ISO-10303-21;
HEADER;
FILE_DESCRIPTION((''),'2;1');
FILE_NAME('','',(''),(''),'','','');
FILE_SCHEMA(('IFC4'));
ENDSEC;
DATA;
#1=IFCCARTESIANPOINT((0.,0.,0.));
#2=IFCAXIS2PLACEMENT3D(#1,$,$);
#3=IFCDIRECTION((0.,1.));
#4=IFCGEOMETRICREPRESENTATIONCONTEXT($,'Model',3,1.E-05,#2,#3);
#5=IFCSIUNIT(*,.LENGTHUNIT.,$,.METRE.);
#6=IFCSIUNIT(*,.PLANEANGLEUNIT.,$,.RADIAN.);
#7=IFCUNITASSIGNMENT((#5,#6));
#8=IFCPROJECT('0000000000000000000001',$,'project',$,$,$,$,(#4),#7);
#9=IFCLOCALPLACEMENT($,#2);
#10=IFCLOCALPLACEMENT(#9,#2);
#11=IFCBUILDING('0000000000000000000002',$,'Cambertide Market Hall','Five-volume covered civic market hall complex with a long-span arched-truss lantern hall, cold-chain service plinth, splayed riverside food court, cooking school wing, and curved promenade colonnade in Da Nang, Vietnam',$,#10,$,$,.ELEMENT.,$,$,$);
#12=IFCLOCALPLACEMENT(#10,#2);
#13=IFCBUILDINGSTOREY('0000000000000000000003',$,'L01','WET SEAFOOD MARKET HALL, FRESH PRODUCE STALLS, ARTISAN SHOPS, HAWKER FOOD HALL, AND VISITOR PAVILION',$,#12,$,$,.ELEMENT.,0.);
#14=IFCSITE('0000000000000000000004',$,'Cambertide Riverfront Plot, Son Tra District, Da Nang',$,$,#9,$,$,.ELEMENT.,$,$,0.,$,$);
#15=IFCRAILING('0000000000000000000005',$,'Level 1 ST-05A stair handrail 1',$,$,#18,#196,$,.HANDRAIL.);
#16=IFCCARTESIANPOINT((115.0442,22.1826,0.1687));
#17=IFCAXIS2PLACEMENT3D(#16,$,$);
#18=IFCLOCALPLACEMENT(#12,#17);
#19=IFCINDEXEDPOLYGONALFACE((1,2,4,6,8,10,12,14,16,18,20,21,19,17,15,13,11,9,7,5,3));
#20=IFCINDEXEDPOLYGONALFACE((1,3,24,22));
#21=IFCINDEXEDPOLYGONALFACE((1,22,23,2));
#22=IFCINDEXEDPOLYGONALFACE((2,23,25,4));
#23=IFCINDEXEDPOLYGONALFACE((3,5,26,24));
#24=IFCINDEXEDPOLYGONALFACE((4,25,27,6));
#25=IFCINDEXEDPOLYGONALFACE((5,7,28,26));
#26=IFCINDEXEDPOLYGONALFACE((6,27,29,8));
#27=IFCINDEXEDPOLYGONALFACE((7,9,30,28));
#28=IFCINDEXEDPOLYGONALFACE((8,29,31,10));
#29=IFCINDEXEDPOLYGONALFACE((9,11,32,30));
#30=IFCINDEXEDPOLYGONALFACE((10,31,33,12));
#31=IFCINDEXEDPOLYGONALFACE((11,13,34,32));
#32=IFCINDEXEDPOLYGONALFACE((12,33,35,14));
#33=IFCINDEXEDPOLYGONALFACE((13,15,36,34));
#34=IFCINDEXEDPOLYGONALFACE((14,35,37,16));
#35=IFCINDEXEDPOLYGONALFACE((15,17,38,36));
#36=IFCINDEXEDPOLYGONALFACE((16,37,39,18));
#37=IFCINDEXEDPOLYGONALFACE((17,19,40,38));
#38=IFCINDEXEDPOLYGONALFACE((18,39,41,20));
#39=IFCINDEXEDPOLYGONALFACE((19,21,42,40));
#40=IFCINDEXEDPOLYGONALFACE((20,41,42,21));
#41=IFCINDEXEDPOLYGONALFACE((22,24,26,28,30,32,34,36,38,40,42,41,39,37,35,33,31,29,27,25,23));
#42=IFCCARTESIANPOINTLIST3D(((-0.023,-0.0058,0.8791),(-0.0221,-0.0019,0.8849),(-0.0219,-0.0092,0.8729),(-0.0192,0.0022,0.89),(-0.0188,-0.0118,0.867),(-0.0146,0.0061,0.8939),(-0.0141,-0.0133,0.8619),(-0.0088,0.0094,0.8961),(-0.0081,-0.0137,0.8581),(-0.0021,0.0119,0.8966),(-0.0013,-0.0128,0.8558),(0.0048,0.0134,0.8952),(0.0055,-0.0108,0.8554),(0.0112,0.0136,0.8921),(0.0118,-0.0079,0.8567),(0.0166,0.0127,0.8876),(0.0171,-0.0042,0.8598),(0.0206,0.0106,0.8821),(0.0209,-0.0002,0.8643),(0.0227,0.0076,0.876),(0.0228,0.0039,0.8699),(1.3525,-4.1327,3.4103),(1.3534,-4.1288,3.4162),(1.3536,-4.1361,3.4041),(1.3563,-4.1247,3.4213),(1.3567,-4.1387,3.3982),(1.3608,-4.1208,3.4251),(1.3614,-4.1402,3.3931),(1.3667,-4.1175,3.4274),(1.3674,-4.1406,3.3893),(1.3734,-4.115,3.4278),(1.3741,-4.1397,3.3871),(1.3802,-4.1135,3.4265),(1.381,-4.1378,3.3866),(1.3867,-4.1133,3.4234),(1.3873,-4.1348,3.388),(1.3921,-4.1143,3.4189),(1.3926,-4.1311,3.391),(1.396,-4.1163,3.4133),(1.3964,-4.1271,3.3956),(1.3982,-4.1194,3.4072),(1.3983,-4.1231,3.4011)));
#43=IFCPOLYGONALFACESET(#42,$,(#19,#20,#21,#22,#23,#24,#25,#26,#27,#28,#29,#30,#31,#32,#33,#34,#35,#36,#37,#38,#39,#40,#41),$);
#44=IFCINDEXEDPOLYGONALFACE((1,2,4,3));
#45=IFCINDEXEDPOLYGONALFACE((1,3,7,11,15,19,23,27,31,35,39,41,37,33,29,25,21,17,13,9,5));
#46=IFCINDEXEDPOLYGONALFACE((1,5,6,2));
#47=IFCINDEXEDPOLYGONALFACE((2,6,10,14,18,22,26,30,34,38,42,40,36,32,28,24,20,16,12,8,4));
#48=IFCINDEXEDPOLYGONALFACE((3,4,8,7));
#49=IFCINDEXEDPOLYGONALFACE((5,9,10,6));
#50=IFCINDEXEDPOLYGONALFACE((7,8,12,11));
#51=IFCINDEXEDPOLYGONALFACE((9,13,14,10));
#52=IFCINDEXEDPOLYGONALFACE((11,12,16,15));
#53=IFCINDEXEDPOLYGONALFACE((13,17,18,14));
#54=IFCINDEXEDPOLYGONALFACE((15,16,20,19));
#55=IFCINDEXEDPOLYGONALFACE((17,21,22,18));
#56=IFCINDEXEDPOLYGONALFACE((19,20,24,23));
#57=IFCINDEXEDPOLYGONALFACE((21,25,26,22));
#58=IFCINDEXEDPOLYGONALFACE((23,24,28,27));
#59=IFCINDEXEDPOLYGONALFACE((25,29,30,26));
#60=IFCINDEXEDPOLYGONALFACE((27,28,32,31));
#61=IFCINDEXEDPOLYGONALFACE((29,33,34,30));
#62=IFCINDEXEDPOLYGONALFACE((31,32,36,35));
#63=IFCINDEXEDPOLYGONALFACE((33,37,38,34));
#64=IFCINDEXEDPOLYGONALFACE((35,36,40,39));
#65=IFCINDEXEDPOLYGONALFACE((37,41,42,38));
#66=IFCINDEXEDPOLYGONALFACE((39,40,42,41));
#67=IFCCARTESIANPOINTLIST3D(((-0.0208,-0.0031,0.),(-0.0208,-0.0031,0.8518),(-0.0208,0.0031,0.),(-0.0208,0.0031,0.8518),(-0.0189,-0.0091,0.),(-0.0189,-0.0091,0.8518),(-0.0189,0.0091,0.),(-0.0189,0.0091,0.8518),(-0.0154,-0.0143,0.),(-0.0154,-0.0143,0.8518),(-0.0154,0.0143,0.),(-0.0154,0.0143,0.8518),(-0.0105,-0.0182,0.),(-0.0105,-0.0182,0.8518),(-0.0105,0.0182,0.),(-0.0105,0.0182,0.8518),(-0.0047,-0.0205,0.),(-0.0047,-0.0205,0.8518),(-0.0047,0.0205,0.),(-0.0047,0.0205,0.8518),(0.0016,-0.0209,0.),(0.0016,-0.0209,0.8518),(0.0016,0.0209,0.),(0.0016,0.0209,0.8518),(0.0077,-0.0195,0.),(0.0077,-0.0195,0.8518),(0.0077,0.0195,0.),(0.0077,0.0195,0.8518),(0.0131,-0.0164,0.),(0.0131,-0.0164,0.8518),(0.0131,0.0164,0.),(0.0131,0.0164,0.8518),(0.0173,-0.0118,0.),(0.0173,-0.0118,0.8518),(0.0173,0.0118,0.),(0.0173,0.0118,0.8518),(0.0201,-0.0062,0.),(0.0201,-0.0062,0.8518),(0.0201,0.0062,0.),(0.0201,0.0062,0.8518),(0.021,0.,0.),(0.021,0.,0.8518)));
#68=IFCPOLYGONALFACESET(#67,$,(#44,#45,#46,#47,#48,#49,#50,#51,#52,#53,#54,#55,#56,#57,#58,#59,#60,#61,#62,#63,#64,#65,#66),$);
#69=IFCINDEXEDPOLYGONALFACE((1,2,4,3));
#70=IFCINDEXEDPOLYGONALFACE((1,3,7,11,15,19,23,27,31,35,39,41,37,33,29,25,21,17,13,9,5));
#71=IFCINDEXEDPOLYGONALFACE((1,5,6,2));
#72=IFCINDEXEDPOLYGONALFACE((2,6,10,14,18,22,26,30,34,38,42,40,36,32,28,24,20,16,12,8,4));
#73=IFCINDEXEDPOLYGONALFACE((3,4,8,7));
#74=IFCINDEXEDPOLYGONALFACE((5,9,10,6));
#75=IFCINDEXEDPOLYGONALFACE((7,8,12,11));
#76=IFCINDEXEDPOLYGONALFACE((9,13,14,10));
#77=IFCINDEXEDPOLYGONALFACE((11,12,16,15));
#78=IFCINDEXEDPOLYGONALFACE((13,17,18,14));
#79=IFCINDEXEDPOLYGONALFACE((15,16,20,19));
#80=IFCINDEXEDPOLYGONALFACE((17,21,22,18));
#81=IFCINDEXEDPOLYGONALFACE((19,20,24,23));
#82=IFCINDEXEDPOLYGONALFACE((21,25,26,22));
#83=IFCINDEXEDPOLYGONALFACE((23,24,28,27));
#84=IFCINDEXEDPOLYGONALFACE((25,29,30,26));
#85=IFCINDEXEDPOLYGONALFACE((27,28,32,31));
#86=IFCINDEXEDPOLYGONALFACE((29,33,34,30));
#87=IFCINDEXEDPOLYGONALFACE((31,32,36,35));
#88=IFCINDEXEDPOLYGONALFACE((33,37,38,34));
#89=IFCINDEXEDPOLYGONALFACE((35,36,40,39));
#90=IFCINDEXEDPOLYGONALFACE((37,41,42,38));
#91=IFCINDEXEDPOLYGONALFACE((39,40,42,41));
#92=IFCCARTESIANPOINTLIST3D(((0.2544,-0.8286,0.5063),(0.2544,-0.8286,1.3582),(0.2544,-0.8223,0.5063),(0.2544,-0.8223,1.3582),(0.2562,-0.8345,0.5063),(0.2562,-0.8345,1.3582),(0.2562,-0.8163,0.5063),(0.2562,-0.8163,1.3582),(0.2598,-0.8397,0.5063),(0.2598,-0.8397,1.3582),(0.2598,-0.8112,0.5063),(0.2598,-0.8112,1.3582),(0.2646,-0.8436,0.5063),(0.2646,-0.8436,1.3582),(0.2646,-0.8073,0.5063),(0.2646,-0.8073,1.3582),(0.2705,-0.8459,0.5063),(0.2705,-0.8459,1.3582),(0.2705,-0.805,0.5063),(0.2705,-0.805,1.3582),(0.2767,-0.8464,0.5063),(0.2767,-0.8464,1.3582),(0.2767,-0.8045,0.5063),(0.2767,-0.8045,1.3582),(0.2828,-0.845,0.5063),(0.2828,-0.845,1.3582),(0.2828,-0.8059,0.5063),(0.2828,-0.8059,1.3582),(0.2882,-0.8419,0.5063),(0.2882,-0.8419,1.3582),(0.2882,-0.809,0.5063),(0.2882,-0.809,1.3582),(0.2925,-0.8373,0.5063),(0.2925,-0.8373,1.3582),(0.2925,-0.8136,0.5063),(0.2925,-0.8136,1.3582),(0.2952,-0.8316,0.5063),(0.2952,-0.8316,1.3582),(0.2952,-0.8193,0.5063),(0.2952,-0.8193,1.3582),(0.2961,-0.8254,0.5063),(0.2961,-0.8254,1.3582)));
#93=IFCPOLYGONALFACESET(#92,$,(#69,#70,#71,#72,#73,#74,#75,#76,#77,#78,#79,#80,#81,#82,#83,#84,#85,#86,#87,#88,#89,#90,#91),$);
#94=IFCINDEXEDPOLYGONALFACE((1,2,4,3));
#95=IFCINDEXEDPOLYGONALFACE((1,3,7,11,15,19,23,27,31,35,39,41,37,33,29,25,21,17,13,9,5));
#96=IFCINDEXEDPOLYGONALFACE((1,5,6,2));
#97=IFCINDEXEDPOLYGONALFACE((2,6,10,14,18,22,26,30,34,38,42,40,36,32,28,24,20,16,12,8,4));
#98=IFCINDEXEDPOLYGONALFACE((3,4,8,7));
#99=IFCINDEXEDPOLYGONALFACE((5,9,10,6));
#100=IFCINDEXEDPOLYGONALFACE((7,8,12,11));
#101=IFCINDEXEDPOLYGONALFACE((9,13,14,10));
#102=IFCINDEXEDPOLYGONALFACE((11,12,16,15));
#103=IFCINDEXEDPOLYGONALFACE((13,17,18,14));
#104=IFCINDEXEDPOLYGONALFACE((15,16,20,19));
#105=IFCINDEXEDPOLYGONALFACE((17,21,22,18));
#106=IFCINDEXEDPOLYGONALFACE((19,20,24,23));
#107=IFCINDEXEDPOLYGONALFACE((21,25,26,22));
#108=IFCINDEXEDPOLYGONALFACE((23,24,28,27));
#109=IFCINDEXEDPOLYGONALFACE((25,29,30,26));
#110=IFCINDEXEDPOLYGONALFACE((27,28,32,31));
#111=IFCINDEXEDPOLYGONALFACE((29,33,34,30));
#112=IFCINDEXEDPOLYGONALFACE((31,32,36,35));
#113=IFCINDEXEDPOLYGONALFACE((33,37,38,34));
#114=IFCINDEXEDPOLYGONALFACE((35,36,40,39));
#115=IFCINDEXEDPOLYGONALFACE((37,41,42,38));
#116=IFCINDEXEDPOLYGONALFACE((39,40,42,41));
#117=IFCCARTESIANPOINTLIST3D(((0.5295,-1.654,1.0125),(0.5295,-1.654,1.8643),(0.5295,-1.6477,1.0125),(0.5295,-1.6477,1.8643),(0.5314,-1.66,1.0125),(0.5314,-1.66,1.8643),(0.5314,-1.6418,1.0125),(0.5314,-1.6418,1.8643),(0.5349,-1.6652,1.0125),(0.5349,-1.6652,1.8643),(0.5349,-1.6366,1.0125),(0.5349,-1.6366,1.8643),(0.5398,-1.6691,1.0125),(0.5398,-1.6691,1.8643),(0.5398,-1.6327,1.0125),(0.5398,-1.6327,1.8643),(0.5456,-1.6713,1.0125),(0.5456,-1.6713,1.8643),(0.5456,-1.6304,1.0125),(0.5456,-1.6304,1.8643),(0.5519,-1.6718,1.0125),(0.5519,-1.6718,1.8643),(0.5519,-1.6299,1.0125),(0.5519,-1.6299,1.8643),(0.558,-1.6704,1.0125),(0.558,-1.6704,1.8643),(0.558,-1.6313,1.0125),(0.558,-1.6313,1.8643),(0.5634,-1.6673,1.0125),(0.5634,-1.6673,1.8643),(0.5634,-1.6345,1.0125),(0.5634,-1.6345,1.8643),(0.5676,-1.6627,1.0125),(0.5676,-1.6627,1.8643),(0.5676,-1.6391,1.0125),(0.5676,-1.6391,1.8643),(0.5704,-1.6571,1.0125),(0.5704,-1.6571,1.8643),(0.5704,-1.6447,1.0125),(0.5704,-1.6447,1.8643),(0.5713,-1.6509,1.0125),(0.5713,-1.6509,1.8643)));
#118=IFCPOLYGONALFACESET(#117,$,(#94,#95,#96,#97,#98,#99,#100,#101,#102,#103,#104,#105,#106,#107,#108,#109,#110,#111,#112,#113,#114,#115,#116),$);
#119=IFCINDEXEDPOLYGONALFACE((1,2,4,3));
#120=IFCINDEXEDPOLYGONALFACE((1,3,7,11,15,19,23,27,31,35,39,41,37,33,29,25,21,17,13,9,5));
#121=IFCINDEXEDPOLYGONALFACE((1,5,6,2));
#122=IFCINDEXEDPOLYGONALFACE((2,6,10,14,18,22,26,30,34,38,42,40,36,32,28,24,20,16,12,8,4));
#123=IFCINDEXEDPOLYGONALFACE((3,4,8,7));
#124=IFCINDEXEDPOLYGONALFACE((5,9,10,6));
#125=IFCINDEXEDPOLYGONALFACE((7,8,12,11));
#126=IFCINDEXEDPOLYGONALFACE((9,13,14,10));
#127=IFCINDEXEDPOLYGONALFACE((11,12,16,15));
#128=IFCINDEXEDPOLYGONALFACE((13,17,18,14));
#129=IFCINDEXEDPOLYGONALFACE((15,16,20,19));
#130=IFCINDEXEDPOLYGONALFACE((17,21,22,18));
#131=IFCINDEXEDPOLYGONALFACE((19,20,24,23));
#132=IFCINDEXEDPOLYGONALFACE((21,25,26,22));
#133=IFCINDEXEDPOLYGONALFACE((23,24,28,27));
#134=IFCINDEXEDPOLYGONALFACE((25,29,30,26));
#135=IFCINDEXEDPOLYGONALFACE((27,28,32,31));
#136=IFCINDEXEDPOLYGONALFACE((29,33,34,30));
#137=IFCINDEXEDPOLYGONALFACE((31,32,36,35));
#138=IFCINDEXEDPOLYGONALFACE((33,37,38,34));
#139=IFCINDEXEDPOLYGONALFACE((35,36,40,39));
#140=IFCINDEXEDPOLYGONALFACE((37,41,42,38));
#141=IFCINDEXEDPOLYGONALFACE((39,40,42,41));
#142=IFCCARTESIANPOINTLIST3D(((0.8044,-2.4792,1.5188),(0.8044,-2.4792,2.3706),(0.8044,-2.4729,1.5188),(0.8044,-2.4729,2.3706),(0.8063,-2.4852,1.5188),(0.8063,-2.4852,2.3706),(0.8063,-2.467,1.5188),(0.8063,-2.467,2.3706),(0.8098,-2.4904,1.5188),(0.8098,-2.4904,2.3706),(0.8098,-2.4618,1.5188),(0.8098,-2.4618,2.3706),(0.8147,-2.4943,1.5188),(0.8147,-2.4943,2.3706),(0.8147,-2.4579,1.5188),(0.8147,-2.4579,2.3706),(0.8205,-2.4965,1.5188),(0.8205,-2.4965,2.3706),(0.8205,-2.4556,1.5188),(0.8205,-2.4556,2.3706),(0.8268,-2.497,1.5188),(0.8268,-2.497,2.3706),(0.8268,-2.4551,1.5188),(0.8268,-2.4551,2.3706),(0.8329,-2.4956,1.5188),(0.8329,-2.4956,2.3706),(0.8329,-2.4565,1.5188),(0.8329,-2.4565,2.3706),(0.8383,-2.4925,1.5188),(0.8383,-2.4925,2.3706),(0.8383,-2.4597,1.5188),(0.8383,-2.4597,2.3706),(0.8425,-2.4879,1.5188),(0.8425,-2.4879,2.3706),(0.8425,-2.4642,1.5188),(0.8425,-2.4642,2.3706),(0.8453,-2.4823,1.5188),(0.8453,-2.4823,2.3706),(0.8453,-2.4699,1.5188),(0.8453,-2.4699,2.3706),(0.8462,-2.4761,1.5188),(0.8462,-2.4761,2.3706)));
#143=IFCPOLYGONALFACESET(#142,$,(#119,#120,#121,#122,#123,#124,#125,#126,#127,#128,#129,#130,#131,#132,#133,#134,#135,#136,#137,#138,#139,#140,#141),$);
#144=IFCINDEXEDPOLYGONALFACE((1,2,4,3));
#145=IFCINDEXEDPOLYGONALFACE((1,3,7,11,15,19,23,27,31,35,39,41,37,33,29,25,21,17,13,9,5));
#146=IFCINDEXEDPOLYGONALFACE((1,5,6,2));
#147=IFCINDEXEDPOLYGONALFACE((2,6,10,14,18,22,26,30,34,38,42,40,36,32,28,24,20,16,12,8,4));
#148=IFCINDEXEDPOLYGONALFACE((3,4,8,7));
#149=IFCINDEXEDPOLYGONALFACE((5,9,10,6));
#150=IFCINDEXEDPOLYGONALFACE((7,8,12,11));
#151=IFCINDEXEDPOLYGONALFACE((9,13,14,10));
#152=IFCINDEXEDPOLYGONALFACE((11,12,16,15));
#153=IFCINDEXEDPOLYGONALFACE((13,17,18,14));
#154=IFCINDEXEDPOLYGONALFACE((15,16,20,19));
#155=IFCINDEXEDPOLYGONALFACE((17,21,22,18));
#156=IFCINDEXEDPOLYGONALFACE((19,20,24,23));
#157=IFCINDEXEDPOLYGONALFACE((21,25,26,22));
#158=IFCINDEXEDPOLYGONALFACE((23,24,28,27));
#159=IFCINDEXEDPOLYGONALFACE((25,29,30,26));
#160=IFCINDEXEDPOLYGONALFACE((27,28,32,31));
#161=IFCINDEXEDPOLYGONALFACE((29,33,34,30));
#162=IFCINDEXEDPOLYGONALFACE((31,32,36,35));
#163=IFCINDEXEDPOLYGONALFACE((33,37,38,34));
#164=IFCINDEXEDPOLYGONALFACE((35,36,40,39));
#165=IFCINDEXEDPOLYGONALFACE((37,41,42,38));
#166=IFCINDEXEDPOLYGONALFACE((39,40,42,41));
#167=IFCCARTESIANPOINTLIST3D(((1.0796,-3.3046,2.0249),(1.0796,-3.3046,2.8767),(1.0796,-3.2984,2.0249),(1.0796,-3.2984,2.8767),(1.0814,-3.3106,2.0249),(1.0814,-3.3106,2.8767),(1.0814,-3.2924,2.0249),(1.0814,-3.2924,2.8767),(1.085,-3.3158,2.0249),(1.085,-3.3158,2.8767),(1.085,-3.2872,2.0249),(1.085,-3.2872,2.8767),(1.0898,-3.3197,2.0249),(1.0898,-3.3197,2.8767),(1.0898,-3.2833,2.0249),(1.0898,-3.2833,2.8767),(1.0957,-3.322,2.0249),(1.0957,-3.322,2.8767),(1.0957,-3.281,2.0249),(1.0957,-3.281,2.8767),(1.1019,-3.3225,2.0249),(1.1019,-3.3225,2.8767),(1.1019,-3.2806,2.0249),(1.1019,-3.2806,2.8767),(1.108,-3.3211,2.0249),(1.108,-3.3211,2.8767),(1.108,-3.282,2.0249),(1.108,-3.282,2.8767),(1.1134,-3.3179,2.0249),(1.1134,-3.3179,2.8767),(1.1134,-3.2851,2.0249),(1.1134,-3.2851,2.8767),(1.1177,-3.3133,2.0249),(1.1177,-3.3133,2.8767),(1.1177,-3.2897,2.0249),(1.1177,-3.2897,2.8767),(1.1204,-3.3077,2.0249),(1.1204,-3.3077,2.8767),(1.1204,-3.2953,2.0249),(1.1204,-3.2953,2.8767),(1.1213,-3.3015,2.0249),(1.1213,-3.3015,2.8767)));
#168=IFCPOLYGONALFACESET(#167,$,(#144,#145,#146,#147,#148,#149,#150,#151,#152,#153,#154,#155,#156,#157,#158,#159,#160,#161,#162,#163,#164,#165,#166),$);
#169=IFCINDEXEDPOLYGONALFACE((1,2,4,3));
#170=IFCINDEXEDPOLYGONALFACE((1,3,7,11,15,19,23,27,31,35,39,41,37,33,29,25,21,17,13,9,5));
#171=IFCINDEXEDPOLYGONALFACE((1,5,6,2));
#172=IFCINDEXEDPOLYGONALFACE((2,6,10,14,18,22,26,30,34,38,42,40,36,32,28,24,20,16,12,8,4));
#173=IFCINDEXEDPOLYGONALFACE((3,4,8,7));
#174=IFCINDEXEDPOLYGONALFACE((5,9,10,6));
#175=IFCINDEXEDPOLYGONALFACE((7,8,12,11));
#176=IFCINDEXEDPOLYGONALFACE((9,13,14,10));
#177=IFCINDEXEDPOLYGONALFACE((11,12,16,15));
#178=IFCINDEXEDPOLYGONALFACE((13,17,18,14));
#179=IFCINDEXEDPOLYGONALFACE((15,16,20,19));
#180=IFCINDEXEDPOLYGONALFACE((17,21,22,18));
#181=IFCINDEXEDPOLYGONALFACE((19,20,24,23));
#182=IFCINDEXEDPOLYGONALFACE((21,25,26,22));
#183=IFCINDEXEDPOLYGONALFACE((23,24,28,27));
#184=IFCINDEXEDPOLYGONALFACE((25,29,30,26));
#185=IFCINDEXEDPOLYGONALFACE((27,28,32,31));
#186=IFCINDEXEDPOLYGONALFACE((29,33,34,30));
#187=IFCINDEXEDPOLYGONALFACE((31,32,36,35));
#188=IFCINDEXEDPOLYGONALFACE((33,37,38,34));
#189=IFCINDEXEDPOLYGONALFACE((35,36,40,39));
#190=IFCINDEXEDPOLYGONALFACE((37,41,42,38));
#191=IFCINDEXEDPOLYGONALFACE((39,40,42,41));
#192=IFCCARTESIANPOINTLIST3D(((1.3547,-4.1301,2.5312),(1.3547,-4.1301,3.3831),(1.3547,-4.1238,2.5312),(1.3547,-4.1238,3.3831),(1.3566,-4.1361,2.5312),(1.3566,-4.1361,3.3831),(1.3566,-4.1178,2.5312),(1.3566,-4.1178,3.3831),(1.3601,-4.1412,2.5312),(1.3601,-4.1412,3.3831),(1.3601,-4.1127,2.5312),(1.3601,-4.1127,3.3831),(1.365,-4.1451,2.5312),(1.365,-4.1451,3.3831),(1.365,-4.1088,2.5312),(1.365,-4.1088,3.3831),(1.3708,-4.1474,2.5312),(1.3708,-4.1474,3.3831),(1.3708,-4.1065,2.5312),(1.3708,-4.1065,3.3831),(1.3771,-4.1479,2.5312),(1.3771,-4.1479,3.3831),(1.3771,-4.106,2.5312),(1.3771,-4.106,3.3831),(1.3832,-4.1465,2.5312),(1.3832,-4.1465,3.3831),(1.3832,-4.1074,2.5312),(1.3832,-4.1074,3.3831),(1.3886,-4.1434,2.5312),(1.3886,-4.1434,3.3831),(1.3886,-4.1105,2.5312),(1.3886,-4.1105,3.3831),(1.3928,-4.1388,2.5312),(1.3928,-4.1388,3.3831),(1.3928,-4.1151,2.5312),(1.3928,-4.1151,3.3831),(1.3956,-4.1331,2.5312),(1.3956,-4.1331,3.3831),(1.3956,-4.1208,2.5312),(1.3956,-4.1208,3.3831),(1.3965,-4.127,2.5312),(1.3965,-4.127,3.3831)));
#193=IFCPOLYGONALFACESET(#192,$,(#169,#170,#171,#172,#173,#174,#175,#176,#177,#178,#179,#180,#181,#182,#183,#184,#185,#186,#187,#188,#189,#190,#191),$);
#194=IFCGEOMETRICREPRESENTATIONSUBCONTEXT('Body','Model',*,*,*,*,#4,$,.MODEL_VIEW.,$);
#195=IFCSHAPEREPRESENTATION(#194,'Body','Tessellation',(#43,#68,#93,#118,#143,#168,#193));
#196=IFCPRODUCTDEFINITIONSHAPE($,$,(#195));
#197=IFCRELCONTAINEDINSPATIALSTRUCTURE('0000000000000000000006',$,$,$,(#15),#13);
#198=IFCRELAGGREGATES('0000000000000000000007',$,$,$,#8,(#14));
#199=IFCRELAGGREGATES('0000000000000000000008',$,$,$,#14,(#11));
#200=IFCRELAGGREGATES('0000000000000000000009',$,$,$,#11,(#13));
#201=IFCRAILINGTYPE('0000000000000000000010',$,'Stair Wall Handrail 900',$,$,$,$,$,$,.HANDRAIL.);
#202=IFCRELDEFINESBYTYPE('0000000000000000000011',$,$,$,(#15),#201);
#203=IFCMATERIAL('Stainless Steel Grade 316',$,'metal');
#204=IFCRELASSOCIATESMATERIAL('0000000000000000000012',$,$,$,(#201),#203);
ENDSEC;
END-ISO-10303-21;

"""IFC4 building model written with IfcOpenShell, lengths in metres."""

from ifc_helpers import new_model, si_unit, direction, frame, origin, origin_2d, place, context, subcontext, project, spatial, circle, extrude, material, type_object, element, save


model = new_model("IFC4")

# Units and contexts
model_context = context("Model", 3, precision=1e-05, world=origin(), true_north=direction((0.0, 1.0)))
body_context = subcontext(model_context, "Body", "Model", "MODEL_VIEW")
ifc_project = project(units=[si_unit("LENGTHUNIT", "METRE"), si_unit("PLANEANGLEUNIT", "RADIAN")], contexts=[model_context])

# Site, building, storey
site_placement = place(None, origin())
site = spatial("IfcSite", under=ifc_project, at=site_placement, Name="Cambertide Riverfront Plot, Son Tra District, Da Nang", CompositionType="ELEMENT", RefElevation=0.0)
building_placement = place(site_placement, origin())
building = spatial("IfcBuilding", under=site, at=building_placement, Name="Cambertide Market Hall", Description="Five-volume covered civic market hall complex with a long-span arched-truss lantern hall, cold-chain service plinth, splayed riverside food court, cooking school wing, and curved promenade colonnade in Da Nang, Vietnam", CompositionType="ELEMENT")
storey_placement = place(building_placement, origin())
storey = spatial("IfcBuildingStorey", under=building, at=storey_placement, Name="L01", Description="WET SEAFOOD MARKET HALL, FRESH PRODUCE STALLS, ARTISAN SHOPS, HAWKER FOOD HALL, AND VISITOR PAVILION", CompositionType="ELEMENT", Elevation=0.0)

# Railing
ifc_material_1 = material(Name="Stainless Steel Grade 316", Category="metal")
railing_type_1 = type_object("IfcRailingType", Name="Stair Wall Handrail 900", PredefinedType="HANDRAIL", material=ifc_material_1)
railing_1_placement = place(storey_placement, frame((115.0442, 22.1826, 0.1687)))
element("IfcRailing", 1, at=railing_1_placement, inside=storey, type_object=railing_type_1, Name="Level 1 ST-05A stair handrail 1", PredefinedType="HANDRAIL", context=body_context, shape_type="SweptSolid", body=[
    extrude(circle(Radius=0.0239, at=origin_2d()), frame((0.0, 0.0, 0.876), z_axis=(0.273295, -0.819981, 0.502932), x_axis=(0.948695, 0.316194, 0.0)), (0.0, 0.0, 1.0), 5.033),
    extrude(circle(Radius=0.021, at=origin_2d()), origin(), (0.0, 0.0, 1.0), 0.8518),
    extrude(circle(Radius=0.021, at=origin_2d()), frame((0.2751, -0.8254, 0.5063)), (0.0, 0.0, 1.0), 0.8518),
    extrude(circle(Radius=0.021, at=origin_2d()), frame((0.5503, -1.6509, 1.0125)), (0.0, 0.0, 1.0), 0.8518),
    extrude(circle(Radius=0.021, at=origin_2d()), frame((0.8252, -2.4761, 1.5188)), (0.0, 0.0, 1.0), 0.8518),
    extrude(circle(Radius=0.021, at=origin_2d()), frame((1.1003, -3.3015, 2.0249)), (0.0, 0.0, 1.0), 0.8518),
    extrude(circle(Radius=0.021, at=origin_2d()), frame((1.3755, -4.127, 2.5312)), (0.0, 0.0, 1.0), 0.8518),
])

save(model, "model.ifc")
